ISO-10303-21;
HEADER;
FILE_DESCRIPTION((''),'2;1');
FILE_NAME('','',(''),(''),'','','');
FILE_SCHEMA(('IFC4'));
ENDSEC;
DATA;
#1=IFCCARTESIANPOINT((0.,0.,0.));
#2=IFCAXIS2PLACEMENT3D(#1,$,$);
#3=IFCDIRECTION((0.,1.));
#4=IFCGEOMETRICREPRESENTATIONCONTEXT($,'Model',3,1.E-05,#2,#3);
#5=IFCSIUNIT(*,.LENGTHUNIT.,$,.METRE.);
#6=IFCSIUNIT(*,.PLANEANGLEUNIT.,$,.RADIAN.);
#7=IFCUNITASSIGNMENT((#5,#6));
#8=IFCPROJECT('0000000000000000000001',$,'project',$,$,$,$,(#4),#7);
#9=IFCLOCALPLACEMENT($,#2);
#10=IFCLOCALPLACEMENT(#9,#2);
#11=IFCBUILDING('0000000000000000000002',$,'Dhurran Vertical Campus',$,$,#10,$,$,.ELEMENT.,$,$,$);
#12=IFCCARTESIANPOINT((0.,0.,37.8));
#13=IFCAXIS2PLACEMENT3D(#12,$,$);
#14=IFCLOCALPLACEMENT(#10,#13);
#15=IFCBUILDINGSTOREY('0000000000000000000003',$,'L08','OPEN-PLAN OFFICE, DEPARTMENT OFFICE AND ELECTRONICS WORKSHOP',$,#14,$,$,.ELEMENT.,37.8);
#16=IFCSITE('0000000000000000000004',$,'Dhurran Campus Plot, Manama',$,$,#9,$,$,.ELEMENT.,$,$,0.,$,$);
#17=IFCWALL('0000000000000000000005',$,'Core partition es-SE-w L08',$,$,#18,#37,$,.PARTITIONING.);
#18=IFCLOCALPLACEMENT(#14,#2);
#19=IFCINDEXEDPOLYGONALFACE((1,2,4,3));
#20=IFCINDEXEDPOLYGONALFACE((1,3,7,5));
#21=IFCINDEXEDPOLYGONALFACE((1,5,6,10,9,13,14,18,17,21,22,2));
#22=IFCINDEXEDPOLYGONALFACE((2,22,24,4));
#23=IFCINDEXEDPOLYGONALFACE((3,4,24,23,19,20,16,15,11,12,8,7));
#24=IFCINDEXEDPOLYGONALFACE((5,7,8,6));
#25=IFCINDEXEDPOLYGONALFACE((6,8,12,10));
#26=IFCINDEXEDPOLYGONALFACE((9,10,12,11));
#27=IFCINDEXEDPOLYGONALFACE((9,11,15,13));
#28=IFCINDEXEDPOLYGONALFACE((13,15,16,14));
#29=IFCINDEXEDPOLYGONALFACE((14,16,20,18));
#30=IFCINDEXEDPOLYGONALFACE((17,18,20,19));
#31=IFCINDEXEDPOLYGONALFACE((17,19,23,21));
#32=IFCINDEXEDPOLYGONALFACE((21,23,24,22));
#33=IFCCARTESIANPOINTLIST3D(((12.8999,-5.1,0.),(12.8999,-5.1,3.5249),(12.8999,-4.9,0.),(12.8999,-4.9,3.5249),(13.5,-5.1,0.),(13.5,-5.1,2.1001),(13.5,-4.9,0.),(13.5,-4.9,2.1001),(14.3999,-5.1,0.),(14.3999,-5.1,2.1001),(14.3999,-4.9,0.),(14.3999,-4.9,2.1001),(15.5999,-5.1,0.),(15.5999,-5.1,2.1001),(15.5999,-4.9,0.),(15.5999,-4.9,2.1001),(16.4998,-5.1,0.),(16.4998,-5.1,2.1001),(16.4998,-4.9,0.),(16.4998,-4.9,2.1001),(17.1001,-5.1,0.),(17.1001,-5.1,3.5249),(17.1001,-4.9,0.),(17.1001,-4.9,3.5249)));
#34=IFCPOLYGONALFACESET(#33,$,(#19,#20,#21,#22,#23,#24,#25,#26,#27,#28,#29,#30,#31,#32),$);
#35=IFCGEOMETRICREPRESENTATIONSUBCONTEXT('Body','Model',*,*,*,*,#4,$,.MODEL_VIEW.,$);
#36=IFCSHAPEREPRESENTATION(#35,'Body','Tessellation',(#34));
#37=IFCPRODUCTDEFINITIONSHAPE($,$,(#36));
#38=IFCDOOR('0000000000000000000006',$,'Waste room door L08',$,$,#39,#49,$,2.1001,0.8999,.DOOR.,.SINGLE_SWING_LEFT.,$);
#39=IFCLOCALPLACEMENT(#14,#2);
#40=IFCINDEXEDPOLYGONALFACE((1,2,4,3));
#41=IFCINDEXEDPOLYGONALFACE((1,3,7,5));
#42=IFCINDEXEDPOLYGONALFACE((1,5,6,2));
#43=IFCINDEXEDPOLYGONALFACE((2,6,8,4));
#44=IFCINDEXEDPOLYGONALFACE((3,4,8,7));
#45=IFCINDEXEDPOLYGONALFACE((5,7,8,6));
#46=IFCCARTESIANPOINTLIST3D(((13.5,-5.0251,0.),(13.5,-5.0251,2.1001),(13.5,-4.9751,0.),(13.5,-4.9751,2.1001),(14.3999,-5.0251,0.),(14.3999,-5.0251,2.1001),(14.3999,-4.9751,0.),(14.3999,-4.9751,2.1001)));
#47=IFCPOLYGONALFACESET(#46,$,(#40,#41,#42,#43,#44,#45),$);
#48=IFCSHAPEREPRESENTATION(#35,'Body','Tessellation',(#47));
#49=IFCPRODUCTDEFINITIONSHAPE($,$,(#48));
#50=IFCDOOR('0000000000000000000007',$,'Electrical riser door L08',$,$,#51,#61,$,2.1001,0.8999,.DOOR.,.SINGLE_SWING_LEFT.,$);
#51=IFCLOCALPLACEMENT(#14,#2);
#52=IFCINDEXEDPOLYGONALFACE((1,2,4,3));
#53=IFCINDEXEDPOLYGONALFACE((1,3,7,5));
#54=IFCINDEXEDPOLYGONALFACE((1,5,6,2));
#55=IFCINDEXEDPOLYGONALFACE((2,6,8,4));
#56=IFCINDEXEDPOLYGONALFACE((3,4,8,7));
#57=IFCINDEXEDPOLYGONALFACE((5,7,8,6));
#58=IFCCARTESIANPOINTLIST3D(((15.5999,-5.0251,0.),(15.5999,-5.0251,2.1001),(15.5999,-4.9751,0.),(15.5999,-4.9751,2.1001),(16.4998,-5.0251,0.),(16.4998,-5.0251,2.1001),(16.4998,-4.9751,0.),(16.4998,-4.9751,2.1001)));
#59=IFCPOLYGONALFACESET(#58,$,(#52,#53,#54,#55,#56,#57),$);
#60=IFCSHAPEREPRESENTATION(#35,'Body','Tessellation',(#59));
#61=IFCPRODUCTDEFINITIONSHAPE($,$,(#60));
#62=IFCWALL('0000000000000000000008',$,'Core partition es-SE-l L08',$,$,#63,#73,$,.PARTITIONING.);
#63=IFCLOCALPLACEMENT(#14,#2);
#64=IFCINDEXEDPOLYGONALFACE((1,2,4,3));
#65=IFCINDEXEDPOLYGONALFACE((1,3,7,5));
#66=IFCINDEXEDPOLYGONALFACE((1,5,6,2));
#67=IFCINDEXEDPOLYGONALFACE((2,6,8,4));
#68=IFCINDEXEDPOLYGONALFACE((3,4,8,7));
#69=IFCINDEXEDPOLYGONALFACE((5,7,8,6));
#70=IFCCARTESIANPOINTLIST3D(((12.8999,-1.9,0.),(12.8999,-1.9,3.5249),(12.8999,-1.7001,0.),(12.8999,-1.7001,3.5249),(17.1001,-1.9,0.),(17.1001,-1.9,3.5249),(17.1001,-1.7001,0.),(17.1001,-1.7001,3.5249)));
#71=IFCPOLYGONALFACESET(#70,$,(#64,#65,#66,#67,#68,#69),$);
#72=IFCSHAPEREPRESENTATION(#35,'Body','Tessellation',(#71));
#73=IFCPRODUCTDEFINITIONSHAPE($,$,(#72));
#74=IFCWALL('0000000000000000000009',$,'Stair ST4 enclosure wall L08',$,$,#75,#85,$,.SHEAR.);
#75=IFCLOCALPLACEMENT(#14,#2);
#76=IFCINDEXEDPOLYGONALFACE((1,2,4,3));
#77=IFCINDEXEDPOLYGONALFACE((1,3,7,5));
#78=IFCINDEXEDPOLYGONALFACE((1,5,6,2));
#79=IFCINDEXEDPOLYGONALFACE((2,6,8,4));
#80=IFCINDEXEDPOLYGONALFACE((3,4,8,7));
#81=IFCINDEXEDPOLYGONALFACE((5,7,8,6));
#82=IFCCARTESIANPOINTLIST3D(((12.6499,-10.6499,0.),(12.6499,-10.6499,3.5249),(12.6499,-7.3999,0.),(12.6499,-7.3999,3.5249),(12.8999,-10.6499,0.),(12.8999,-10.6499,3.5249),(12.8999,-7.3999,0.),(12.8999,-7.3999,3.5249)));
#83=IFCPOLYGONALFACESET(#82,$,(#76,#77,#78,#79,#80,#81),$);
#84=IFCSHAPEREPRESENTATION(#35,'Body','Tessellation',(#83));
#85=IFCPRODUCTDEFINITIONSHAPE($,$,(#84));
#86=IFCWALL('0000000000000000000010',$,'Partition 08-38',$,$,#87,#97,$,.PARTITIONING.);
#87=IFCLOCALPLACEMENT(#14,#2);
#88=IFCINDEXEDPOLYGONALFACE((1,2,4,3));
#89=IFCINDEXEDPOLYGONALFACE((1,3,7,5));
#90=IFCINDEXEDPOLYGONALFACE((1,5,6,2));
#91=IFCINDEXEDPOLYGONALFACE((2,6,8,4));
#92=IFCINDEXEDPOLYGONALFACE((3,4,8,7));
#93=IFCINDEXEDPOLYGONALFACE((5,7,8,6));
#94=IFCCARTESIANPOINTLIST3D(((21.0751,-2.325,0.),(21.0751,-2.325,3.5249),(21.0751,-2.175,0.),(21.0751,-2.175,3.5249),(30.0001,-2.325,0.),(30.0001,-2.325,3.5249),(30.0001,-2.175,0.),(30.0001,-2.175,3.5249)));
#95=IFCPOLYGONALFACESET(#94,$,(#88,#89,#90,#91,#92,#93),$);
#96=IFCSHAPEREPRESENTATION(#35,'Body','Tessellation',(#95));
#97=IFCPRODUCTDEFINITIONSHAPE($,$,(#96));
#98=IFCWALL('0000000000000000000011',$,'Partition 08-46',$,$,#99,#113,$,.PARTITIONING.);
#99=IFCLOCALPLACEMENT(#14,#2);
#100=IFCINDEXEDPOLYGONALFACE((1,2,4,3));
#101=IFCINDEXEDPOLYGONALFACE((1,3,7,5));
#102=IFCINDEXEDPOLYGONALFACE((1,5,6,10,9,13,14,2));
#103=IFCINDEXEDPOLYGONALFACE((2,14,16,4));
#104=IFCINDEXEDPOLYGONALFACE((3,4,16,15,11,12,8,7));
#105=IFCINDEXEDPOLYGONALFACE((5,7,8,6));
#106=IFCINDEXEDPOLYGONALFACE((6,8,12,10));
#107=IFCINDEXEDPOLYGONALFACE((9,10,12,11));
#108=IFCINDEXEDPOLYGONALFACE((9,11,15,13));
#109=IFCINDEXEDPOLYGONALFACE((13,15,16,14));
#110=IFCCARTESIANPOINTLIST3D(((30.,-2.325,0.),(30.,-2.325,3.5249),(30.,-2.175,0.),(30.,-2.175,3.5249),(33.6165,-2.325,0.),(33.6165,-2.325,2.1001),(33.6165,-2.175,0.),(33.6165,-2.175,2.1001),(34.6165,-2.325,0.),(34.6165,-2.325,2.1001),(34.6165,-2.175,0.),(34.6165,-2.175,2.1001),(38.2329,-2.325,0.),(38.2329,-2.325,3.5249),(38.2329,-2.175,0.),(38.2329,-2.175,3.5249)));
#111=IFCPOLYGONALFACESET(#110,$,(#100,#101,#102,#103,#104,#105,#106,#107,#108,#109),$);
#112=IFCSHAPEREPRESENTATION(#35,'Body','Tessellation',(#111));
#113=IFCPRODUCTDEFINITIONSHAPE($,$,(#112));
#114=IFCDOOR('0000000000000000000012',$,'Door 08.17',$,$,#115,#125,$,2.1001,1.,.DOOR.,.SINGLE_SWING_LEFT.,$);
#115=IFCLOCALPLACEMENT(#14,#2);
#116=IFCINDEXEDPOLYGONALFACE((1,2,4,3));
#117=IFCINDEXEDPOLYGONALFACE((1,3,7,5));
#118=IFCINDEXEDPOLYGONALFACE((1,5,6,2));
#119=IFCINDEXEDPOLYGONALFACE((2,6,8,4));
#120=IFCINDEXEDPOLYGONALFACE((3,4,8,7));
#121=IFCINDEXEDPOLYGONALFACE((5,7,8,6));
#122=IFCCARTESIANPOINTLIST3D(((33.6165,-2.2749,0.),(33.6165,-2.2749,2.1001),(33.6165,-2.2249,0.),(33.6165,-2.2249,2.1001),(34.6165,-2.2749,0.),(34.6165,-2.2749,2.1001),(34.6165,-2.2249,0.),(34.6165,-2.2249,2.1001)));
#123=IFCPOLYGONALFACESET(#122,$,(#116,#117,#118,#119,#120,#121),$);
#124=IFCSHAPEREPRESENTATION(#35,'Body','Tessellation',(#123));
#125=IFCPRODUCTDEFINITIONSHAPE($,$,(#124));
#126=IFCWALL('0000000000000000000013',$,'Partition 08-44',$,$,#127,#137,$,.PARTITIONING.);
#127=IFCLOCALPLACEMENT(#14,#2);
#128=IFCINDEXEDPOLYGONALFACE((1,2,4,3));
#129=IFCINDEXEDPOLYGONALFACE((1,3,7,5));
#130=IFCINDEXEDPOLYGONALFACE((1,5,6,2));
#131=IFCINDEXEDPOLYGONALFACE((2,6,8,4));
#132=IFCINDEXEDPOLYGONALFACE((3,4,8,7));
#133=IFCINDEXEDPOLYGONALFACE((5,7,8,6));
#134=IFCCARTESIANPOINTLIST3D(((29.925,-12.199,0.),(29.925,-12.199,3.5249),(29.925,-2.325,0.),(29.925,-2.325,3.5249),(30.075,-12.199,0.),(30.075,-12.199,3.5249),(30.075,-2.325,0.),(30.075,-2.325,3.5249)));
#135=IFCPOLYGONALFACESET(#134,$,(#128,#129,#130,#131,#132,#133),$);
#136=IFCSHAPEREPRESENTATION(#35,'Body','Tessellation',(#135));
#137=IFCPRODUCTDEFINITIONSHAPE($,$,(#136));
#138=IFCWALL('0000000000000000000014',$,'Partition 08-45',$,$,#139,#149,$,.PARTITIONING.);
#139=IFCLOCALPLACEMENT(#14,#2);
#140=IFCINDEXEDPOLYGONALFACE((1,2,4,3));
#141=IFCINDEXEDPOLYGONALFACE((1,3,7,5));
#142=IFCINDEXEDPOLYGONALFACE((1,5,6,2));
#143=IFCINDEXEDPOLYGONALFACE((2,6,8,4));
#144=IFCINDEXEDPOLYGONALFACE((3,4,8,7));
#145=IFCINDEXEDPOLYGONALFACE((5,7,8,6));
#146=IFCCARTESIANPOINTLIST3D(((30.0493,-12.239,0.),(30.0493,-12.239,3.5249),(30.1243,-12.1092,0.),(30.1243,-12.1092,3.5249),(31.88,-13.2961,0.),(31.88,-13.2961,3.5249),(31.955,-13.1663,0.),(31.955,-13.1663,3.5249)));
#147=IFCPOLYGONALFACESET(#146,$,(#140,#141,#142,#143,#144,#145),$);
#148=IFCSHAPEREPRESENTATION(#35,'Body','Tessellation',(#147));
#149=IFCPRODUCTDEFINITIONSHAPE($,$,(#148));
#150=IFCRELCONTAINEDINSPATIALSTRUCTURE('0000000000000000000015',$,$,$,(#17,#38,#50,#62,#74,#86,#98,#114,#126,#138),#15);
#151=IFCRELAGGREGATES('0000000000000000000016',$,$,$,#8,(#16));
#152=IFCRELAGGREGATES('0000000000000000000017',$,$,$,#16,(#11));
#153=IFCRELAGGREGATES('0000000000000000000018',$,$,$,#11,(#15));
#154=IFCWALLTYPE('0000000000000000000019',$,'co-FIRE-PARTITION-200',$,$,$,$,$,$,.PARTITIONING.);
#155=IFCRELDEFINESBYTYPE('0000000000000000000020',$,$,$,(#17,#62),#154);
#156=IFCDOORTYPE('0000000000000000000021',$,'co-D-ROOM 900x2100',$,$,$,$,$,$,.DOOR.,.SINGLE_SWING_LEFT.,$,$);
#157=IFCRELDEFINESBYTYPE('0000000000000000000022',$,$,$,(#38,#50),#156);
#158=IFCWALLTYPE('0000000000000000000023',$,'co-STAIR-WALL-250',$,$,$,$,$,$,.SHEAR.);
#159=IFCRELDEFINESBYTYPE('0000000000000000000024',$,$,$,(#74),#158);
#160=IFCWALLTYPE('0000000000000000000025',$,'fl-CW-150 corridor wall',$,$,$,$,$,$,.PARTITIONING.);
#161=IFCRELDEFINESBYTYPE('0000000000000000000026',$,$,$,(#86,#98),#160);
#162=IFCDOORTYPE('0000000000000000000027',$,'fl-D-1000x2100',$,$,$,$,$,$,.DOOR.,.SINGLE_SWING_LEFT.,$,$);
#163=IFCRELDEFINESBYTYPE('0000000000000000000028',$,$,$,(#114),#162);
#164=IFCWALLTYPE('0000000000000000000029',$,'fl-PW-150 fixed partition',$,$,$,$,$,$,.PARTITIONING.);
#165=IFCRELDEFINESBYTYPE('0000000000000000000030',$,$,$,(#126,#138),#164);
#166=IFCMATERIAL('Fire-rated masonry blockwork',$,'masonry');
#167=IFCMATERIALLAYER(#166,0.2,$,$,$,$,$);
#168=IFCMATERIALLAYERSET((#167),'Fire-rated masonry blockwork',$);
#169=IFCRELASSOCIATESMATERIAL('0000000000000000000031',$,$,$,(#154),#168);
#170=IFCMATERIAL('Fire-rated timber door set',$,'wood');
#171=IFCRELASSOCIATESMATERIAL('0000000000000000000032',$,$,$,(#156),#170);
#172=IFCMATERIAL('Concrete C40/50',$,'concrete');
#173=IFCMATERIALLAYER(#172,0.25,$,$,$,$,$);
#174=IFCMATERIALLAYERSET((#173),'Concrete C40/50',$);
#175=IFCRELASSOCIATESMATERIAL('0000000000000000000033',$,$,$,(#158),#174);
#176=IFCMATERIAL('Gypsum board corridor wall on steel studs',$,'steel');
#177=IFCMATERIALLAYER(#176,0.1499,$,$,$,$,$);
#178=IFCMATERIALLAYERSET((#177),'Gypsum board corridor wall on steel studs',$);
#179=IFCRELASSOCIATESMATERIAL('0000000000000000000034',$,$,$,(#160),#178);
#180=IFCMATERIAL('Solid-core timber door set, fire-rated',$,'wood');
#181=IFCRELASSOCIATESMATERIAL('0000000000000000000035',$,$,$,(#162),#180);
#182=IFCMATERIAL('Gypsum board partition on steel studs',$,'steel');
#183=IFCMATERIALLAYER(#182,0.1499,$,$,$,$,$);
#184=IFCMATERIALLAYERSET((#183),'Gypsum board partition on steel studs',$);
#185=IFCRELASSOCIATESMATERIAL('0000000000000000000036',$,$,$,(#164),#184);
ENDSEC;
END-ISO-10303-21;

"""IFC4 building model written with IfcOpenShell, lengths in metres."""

from ifc_helpers import new_model, si_unit, direction, frame, frame_2d, origin, place, context, subcontext, project, spatial, rectangle, extrude, material, layer, layer_set, type_object, element, fill, save


model = new_model("IFC4")

# Units and contexts
model_context = context("Model", 3, precision=1e-05, world=origin(), true_north=direction((0.0, 1.0)))
body_context = subcontext(model_context, "Body", "Model", "MODEL_VIEW")
ifc_project = project(units=[si_unit("LENGTHUNIT", "METRE"), si_unit("PLANEANGLEUNIT", "RADIAN")], contexts=[model_context])

# Site, building, storey
site_placement = place(None, origin())
site = spatial("IfcSite", under=ifc_project, at=site_placement, Name="Dhurran Campus Plot, Manama", CompositionType="ELEMENT", RefElevation=0.0)
building_placement = place(site_placement, origin())
building = spatial("IfcBuilding", under=site, at=building_placement, Name="Dhurran Vertical Campus", CompositionType="ELEMENT")
storey_placement = place(building_placement, frame((0.0, 0.0, 37.8)))
storey = spatial("IfcBuildingStorey", under=building, at=storey_placement, Name="L08", Description="OPEN-PLAN OFFICE, DEPARTMENT OFFICE AND ELECTRONICS WORKSHOP", CompositionType="ELEMENT", Elevation=37.8)

# Shared definitions
ifc_material_1 = material(Name="Fire-rated masonry blockwork", Category="masonry")
ifc_layer_1 = layer(ifc_material_1, 0.2)
ifc_layer_set_1 = layer_set([ifc_layer_1], Name="Fire-rated masonry blockwork")
wall_type_1 = type_object("IfcWallType", Name="co-FIRE-PARTITION-200", PredefinedType="PARTITIONING", material=ifc_layer_set_1)

# Shared definitions
ifc_material_2 = material(Name="Fire-rated timber door set", Category="wood")
door_type_1 = type_object("IfcDoorType", Name="co-D-ROOM 900x2100", OperationType="SINGLE_SWING_LEFT", PredefinedType="DOOR", material=ifc_material_2)

# Wall, openings, doors
wall_1_placement = place(storey_placement, frame((12.8999, -5.0, 0.0), z_axis=(0.0, 0.0, 1.0), x_axis=(1.0, 0.0, 0.0)))
wall_1 = element("IfcWall", 1, at=wall_1_placement, inside=storey, type_object=wall_type_1, Name="Core partition es-SE-w L08", PredefinedType="PARTITIONING", context=body_context, shape_type="SweptSolid", body=[
    extrude(rectangle(XDim=4.2002, YDim=0.2, at=frame_2d((2.1001, 0.0))), origin(), (0.0, 0.0, 1.0), 3.5249),
])
opening_1_placement = place(wall_1_placement, frame((0.6001, 0.0, 0.0)))
opening_1 = element("IfcOpeningElement", 2, at=opening_1_placement, cuts=wall_1, PredefinedType="OPENING", context=body_context, shape_type="SweptSolid", body=[
    extrude(rectangle(XDim=0.8999, YDim=2.1001, at=frame_2d((0.45, 1.05))), frame((0.0, 0.1099, 0.0), z_axis=(0.0, -1.0, 0.0), x_axis=(1.0, 0.0, 0.0)), (0.0, 0.0, 1.0), 0.22),
])
opening_2_placement = place(wall_1_placement, frame((2.7, 0.0, 0.0)))
opening_2 = element("IfcOpeningElement", 3, at=opening_2_placement, cuts=wall_1, PredefinedType="OPENING", context=body_context, shape_type="SweptSolid", body=[
    extrude(rectangle(XDim=0.8999, YDim=2.1001, at=frame_2d((0.45, 1.05))), frame((0.0, 0.1099, 0.0), z_axis=(0.0, -1.0, 0.0), x_axis=(1.0, 0.0, 0.0)), (0.0, 0.0, 1.0), 0.22),
])
door_1_placement = place(opening_1_placement, origin())
door_1 = element("IfcDoor", 4, at=door_1_placement, inside=storey, type_object=door_type_1, Name="Waste room door L08", OperationType="SINGLE_SWING_LEFT", OverallHeight=2.1001, OverallWidth=0.8999, PredefinedType="DOOR", context=body_context, shape_type="SweptSolid", body=[
    extrude(rectangle(XDim=0.8999, YDim=2.1001, at=frame_2d((0.45, 1.05))), frame((0.0, 0.0249, 0.0), z_axis=(0.0, -1.0, 0.0), x_axis=(1.0, 0.0, 0.0)), (0.0, 0.0, 1.0), 0.05),
])
fill(opening_1, door_1)
door_2_placement = place(opening_2_placement, origin())
door_2 = element("IfcDoor", 5, at=door_2_placement, inside=storey, type_object=door_type_1, Name="Electrical riser door L08", OperationType="SINGLE_SWING_LEFT", OverallHeight=2.1001, OverallWidth=0.8999, PredefinedType="DOOR", context=body_context, shape_type="SweptSolid", body=[
    extrude(rectangle(XDim=0.8999, YDim=2.1001, at=frame_2d((0.45, 1.05))), frame((0.0, 0.0249, 0.0), z_axis=(0.0, -1.0, 0.0), x_axis=(1.0, 0.0, 0.0)), (0.0, 0.0, 1.0), 0.05),
])
fill(opening_2, door_2)

# Walls
wall_2_placement = place(storey_placement, frame((12.8999, -1.8, 0.0), z_axis=(0.0, 0.0, 1.0), x_axis=(1.0, 0.0, 0.0)))
element("IfcWall", 6, at=wall_2_placement, inside=storey, type_object=wall_type_1, Name="Core partition es-SE-l L08", PredefinedType="PARTITIONING", context=body_context, shape_type="SweptSolid", body=[
    extrude(rectangle(XDim=4.2002, YDim=0.2, at=frame_2d((2.1001, 0.0))), origin(), (0.0, 0.0, 1.0), 3.5249),
])
ifc_material_3 = material(Name="Concrete C40/50", Category="concrete")
ifc_layer_2 = layer(ifc_material_3, 0.25)
ifc_layer_set_2 = layer_set([ifc_layer_2], Name="Concrete C40/50")
wall_type_2 = type_object("IfcWallType", Name="co-STAIR-WALL-250", PredefinedType="SHEAR", material=ifc_layer_set_2)
wall_3_placement = place(storey_placement, frame((12.7749, -10.6499, 0.0), z_axis=(0.0, 0.0, 1.0), x_axis=(0.0, 1.0, 0.0)))
element("IfcWall", 7, at=wall_3_placement, inside=storey, type_object=wall_type_2, Name="Stair ST4 enclosure wall L08", PredefinedType="SHEAR", context=body_context, shape_type="SweptSolid", body=[
    extrude(rectangle(XDim=3.25, YDim=0.25, at=frame_2d((1.625, 0.0))), origin(), (0.0, 0.0, 1.0), 3.5249),
])
ifc_material_4 = material(Name="Gypsum board corridor wall on steel studs", Category="steel")
ifc_layer_3 = layer(ifc_material_4, 0.1499)
ifc_layer_set_3 = layer_set([ifc_layer_3], Name="Gypsum board corridor wall on steel studs")
wall_type_3 = type_object("IfcWallType", Name="fl-CW-150 corridor wall", PredefinedType="PARTITIONING", material=ifc_layer_set_3)
wall_4_placement = place(storey_placement, frame((30.0, -2.25, 0.0), z_axis=(0.0, 0.0, 1.0), x_axis=(-1.0, 0.0, 0.0)))
element("IfcWall", 8, at=wall_4_placement, inside=storey, type_object=wall_type_3, Name="Partition 08-38", PredefinedType="PARTITIONING", context=body_context, shape_type="SweptSolid", body=[
    extrude(rectangle(XDim=8.925, YDim=0.1499, at=frame_2d((4.4624, 0.0))), origin(), (0.0, 0.0, 1.0), 3.5249),
])

# Wall, opening, door
wall_5_placement = place(storey_placement, frame((38.2329, -2.25, 0.0), z_axis=(0.0, 0.0, 1.0), x_axis=(-1.0, 0.0, 0.0)))
wall_5 = element("IfcWall", 9, at=wall_5_placement, inside=storey, type_object=wall_type_3, Name="Partition 08-46", PredefinedType="PARTITIONING", context=body_context, shape_type="SweptSolid", body=[
    extrude(rectangle(XDim=8.2329, YDim=0.1499, at=frame_2d((4.1165, 0.0))), origin(), (0.0, 0.0, 1.0), 3.5249),
])
opening_3_placement = place(wall_5_placement, frame((3.6165, 0.0, 0.0)))
opening_3 = element("IfcOpeningElement", 10, at=opening_3_placement, cuts=wall_5, PredefinedType="OPENING", context=body_context, shape_type="SweptSolid", body=[
    extrude(rectangle(XDim=1.0, YDim=2.1001, at=frame_2d((0.5, 1.05))), frame((0.0, 0.085, 0.0), z_axis=(0.0, -1.0, 0.0), x_axis=(1.0, 0.0, 0.0)), (0.0, 0.0, 1.0), 0.1699),
])
ifc_material_5 = material(Name="Solid-core timber door set, fire-rated", Category="wood")
door_type_2 = type_object("IfcDoorType", Name="fl-D-1000x2100", OperationType="SINGLE_SWING_LEFT", PredefinedType="DOOR", material=ifc_material_5)
door_3_placement = place(opening_3_placement, origin())
door_3 = element("IfcDoor", 11, at=door_3_placement, inside=storey, type_object=door_type_2, Name="Door 08.17", OperationType="SINGLE_SWING_LEFT", OverallHeight=2.1001, OverallWidth=1.0, PredefinedType="DOOR", context=body_context, shape_type="SweptSolid", body=[
    extrude(rectangle(XDim=1.0, YDim=2.1001, at=frame_2d((0.5, 1.05))), frame((0.0, 0.0249, 0.0), z_axis=(0.0, -1.0, 0.0), x_axis=(1.0, 0.0, 0.0)), (0.0, 0.0, 1.0), 0.05),
])
fill(opening_3, door_3)

# Walls
ifc_material_6 = material(Name="Gypsum board partition on steel studs", Category="steel")
ifc_layer_4 = layer(ifc_material_6, 0.1499)
ifc_layer_set_4 = layer_set([ifc_layer_4], Name="Gypsum board partition on steel studs")
wall_type_4 = type_object("IfcWallType", Name="fl-PW-150 fixed partition", PredefinedType="PARTITIONING", material=ifc_layer_set_4)
wall_6_placement = place(storey_placement, frame((30.0, -2.325, 0.0), z_axis=(0.0, 0.0, 1.0), x_axis=(0.0, -1.0, 0.0)))
element("IfcWall", 12, at=wall_6_placement, inside=storey, type_object=wall_type_4, Name="Partition 08-44", PredefinedType="PARTITIONING", context=body_context, shape_type="SweptSolid", body=[
    extrude(rectangle(XDim=9.874, YDim=0.1499, at=frame_2d((4.937, 0.0))), origin(), (0.0, 0.0, 1.0), 3.5249),
])
wall_7_placement = place(storey_placement, frame((30.0867, -12.1741, 0.0), z_axis=(0.0, 0.0, 1.0), x_axis=(0.866003, -0.500039, 0.0)))
element("IfcWall", 13, at=wall_7_placement, inside=storey, type_object=wall_type_4, Name="Partition 08-45", PredefinedType="PARTITIONING", context=body_context, shape_type="SweptSolid", body=[
    extrude(rectangle(XDim=2.114, YDim=0.1499, at=frame_2d((1.0571, 0.0))), origin(), (0.0, 0.0, 1.0), 3.5249),
])

save(model, "model.ifc")
